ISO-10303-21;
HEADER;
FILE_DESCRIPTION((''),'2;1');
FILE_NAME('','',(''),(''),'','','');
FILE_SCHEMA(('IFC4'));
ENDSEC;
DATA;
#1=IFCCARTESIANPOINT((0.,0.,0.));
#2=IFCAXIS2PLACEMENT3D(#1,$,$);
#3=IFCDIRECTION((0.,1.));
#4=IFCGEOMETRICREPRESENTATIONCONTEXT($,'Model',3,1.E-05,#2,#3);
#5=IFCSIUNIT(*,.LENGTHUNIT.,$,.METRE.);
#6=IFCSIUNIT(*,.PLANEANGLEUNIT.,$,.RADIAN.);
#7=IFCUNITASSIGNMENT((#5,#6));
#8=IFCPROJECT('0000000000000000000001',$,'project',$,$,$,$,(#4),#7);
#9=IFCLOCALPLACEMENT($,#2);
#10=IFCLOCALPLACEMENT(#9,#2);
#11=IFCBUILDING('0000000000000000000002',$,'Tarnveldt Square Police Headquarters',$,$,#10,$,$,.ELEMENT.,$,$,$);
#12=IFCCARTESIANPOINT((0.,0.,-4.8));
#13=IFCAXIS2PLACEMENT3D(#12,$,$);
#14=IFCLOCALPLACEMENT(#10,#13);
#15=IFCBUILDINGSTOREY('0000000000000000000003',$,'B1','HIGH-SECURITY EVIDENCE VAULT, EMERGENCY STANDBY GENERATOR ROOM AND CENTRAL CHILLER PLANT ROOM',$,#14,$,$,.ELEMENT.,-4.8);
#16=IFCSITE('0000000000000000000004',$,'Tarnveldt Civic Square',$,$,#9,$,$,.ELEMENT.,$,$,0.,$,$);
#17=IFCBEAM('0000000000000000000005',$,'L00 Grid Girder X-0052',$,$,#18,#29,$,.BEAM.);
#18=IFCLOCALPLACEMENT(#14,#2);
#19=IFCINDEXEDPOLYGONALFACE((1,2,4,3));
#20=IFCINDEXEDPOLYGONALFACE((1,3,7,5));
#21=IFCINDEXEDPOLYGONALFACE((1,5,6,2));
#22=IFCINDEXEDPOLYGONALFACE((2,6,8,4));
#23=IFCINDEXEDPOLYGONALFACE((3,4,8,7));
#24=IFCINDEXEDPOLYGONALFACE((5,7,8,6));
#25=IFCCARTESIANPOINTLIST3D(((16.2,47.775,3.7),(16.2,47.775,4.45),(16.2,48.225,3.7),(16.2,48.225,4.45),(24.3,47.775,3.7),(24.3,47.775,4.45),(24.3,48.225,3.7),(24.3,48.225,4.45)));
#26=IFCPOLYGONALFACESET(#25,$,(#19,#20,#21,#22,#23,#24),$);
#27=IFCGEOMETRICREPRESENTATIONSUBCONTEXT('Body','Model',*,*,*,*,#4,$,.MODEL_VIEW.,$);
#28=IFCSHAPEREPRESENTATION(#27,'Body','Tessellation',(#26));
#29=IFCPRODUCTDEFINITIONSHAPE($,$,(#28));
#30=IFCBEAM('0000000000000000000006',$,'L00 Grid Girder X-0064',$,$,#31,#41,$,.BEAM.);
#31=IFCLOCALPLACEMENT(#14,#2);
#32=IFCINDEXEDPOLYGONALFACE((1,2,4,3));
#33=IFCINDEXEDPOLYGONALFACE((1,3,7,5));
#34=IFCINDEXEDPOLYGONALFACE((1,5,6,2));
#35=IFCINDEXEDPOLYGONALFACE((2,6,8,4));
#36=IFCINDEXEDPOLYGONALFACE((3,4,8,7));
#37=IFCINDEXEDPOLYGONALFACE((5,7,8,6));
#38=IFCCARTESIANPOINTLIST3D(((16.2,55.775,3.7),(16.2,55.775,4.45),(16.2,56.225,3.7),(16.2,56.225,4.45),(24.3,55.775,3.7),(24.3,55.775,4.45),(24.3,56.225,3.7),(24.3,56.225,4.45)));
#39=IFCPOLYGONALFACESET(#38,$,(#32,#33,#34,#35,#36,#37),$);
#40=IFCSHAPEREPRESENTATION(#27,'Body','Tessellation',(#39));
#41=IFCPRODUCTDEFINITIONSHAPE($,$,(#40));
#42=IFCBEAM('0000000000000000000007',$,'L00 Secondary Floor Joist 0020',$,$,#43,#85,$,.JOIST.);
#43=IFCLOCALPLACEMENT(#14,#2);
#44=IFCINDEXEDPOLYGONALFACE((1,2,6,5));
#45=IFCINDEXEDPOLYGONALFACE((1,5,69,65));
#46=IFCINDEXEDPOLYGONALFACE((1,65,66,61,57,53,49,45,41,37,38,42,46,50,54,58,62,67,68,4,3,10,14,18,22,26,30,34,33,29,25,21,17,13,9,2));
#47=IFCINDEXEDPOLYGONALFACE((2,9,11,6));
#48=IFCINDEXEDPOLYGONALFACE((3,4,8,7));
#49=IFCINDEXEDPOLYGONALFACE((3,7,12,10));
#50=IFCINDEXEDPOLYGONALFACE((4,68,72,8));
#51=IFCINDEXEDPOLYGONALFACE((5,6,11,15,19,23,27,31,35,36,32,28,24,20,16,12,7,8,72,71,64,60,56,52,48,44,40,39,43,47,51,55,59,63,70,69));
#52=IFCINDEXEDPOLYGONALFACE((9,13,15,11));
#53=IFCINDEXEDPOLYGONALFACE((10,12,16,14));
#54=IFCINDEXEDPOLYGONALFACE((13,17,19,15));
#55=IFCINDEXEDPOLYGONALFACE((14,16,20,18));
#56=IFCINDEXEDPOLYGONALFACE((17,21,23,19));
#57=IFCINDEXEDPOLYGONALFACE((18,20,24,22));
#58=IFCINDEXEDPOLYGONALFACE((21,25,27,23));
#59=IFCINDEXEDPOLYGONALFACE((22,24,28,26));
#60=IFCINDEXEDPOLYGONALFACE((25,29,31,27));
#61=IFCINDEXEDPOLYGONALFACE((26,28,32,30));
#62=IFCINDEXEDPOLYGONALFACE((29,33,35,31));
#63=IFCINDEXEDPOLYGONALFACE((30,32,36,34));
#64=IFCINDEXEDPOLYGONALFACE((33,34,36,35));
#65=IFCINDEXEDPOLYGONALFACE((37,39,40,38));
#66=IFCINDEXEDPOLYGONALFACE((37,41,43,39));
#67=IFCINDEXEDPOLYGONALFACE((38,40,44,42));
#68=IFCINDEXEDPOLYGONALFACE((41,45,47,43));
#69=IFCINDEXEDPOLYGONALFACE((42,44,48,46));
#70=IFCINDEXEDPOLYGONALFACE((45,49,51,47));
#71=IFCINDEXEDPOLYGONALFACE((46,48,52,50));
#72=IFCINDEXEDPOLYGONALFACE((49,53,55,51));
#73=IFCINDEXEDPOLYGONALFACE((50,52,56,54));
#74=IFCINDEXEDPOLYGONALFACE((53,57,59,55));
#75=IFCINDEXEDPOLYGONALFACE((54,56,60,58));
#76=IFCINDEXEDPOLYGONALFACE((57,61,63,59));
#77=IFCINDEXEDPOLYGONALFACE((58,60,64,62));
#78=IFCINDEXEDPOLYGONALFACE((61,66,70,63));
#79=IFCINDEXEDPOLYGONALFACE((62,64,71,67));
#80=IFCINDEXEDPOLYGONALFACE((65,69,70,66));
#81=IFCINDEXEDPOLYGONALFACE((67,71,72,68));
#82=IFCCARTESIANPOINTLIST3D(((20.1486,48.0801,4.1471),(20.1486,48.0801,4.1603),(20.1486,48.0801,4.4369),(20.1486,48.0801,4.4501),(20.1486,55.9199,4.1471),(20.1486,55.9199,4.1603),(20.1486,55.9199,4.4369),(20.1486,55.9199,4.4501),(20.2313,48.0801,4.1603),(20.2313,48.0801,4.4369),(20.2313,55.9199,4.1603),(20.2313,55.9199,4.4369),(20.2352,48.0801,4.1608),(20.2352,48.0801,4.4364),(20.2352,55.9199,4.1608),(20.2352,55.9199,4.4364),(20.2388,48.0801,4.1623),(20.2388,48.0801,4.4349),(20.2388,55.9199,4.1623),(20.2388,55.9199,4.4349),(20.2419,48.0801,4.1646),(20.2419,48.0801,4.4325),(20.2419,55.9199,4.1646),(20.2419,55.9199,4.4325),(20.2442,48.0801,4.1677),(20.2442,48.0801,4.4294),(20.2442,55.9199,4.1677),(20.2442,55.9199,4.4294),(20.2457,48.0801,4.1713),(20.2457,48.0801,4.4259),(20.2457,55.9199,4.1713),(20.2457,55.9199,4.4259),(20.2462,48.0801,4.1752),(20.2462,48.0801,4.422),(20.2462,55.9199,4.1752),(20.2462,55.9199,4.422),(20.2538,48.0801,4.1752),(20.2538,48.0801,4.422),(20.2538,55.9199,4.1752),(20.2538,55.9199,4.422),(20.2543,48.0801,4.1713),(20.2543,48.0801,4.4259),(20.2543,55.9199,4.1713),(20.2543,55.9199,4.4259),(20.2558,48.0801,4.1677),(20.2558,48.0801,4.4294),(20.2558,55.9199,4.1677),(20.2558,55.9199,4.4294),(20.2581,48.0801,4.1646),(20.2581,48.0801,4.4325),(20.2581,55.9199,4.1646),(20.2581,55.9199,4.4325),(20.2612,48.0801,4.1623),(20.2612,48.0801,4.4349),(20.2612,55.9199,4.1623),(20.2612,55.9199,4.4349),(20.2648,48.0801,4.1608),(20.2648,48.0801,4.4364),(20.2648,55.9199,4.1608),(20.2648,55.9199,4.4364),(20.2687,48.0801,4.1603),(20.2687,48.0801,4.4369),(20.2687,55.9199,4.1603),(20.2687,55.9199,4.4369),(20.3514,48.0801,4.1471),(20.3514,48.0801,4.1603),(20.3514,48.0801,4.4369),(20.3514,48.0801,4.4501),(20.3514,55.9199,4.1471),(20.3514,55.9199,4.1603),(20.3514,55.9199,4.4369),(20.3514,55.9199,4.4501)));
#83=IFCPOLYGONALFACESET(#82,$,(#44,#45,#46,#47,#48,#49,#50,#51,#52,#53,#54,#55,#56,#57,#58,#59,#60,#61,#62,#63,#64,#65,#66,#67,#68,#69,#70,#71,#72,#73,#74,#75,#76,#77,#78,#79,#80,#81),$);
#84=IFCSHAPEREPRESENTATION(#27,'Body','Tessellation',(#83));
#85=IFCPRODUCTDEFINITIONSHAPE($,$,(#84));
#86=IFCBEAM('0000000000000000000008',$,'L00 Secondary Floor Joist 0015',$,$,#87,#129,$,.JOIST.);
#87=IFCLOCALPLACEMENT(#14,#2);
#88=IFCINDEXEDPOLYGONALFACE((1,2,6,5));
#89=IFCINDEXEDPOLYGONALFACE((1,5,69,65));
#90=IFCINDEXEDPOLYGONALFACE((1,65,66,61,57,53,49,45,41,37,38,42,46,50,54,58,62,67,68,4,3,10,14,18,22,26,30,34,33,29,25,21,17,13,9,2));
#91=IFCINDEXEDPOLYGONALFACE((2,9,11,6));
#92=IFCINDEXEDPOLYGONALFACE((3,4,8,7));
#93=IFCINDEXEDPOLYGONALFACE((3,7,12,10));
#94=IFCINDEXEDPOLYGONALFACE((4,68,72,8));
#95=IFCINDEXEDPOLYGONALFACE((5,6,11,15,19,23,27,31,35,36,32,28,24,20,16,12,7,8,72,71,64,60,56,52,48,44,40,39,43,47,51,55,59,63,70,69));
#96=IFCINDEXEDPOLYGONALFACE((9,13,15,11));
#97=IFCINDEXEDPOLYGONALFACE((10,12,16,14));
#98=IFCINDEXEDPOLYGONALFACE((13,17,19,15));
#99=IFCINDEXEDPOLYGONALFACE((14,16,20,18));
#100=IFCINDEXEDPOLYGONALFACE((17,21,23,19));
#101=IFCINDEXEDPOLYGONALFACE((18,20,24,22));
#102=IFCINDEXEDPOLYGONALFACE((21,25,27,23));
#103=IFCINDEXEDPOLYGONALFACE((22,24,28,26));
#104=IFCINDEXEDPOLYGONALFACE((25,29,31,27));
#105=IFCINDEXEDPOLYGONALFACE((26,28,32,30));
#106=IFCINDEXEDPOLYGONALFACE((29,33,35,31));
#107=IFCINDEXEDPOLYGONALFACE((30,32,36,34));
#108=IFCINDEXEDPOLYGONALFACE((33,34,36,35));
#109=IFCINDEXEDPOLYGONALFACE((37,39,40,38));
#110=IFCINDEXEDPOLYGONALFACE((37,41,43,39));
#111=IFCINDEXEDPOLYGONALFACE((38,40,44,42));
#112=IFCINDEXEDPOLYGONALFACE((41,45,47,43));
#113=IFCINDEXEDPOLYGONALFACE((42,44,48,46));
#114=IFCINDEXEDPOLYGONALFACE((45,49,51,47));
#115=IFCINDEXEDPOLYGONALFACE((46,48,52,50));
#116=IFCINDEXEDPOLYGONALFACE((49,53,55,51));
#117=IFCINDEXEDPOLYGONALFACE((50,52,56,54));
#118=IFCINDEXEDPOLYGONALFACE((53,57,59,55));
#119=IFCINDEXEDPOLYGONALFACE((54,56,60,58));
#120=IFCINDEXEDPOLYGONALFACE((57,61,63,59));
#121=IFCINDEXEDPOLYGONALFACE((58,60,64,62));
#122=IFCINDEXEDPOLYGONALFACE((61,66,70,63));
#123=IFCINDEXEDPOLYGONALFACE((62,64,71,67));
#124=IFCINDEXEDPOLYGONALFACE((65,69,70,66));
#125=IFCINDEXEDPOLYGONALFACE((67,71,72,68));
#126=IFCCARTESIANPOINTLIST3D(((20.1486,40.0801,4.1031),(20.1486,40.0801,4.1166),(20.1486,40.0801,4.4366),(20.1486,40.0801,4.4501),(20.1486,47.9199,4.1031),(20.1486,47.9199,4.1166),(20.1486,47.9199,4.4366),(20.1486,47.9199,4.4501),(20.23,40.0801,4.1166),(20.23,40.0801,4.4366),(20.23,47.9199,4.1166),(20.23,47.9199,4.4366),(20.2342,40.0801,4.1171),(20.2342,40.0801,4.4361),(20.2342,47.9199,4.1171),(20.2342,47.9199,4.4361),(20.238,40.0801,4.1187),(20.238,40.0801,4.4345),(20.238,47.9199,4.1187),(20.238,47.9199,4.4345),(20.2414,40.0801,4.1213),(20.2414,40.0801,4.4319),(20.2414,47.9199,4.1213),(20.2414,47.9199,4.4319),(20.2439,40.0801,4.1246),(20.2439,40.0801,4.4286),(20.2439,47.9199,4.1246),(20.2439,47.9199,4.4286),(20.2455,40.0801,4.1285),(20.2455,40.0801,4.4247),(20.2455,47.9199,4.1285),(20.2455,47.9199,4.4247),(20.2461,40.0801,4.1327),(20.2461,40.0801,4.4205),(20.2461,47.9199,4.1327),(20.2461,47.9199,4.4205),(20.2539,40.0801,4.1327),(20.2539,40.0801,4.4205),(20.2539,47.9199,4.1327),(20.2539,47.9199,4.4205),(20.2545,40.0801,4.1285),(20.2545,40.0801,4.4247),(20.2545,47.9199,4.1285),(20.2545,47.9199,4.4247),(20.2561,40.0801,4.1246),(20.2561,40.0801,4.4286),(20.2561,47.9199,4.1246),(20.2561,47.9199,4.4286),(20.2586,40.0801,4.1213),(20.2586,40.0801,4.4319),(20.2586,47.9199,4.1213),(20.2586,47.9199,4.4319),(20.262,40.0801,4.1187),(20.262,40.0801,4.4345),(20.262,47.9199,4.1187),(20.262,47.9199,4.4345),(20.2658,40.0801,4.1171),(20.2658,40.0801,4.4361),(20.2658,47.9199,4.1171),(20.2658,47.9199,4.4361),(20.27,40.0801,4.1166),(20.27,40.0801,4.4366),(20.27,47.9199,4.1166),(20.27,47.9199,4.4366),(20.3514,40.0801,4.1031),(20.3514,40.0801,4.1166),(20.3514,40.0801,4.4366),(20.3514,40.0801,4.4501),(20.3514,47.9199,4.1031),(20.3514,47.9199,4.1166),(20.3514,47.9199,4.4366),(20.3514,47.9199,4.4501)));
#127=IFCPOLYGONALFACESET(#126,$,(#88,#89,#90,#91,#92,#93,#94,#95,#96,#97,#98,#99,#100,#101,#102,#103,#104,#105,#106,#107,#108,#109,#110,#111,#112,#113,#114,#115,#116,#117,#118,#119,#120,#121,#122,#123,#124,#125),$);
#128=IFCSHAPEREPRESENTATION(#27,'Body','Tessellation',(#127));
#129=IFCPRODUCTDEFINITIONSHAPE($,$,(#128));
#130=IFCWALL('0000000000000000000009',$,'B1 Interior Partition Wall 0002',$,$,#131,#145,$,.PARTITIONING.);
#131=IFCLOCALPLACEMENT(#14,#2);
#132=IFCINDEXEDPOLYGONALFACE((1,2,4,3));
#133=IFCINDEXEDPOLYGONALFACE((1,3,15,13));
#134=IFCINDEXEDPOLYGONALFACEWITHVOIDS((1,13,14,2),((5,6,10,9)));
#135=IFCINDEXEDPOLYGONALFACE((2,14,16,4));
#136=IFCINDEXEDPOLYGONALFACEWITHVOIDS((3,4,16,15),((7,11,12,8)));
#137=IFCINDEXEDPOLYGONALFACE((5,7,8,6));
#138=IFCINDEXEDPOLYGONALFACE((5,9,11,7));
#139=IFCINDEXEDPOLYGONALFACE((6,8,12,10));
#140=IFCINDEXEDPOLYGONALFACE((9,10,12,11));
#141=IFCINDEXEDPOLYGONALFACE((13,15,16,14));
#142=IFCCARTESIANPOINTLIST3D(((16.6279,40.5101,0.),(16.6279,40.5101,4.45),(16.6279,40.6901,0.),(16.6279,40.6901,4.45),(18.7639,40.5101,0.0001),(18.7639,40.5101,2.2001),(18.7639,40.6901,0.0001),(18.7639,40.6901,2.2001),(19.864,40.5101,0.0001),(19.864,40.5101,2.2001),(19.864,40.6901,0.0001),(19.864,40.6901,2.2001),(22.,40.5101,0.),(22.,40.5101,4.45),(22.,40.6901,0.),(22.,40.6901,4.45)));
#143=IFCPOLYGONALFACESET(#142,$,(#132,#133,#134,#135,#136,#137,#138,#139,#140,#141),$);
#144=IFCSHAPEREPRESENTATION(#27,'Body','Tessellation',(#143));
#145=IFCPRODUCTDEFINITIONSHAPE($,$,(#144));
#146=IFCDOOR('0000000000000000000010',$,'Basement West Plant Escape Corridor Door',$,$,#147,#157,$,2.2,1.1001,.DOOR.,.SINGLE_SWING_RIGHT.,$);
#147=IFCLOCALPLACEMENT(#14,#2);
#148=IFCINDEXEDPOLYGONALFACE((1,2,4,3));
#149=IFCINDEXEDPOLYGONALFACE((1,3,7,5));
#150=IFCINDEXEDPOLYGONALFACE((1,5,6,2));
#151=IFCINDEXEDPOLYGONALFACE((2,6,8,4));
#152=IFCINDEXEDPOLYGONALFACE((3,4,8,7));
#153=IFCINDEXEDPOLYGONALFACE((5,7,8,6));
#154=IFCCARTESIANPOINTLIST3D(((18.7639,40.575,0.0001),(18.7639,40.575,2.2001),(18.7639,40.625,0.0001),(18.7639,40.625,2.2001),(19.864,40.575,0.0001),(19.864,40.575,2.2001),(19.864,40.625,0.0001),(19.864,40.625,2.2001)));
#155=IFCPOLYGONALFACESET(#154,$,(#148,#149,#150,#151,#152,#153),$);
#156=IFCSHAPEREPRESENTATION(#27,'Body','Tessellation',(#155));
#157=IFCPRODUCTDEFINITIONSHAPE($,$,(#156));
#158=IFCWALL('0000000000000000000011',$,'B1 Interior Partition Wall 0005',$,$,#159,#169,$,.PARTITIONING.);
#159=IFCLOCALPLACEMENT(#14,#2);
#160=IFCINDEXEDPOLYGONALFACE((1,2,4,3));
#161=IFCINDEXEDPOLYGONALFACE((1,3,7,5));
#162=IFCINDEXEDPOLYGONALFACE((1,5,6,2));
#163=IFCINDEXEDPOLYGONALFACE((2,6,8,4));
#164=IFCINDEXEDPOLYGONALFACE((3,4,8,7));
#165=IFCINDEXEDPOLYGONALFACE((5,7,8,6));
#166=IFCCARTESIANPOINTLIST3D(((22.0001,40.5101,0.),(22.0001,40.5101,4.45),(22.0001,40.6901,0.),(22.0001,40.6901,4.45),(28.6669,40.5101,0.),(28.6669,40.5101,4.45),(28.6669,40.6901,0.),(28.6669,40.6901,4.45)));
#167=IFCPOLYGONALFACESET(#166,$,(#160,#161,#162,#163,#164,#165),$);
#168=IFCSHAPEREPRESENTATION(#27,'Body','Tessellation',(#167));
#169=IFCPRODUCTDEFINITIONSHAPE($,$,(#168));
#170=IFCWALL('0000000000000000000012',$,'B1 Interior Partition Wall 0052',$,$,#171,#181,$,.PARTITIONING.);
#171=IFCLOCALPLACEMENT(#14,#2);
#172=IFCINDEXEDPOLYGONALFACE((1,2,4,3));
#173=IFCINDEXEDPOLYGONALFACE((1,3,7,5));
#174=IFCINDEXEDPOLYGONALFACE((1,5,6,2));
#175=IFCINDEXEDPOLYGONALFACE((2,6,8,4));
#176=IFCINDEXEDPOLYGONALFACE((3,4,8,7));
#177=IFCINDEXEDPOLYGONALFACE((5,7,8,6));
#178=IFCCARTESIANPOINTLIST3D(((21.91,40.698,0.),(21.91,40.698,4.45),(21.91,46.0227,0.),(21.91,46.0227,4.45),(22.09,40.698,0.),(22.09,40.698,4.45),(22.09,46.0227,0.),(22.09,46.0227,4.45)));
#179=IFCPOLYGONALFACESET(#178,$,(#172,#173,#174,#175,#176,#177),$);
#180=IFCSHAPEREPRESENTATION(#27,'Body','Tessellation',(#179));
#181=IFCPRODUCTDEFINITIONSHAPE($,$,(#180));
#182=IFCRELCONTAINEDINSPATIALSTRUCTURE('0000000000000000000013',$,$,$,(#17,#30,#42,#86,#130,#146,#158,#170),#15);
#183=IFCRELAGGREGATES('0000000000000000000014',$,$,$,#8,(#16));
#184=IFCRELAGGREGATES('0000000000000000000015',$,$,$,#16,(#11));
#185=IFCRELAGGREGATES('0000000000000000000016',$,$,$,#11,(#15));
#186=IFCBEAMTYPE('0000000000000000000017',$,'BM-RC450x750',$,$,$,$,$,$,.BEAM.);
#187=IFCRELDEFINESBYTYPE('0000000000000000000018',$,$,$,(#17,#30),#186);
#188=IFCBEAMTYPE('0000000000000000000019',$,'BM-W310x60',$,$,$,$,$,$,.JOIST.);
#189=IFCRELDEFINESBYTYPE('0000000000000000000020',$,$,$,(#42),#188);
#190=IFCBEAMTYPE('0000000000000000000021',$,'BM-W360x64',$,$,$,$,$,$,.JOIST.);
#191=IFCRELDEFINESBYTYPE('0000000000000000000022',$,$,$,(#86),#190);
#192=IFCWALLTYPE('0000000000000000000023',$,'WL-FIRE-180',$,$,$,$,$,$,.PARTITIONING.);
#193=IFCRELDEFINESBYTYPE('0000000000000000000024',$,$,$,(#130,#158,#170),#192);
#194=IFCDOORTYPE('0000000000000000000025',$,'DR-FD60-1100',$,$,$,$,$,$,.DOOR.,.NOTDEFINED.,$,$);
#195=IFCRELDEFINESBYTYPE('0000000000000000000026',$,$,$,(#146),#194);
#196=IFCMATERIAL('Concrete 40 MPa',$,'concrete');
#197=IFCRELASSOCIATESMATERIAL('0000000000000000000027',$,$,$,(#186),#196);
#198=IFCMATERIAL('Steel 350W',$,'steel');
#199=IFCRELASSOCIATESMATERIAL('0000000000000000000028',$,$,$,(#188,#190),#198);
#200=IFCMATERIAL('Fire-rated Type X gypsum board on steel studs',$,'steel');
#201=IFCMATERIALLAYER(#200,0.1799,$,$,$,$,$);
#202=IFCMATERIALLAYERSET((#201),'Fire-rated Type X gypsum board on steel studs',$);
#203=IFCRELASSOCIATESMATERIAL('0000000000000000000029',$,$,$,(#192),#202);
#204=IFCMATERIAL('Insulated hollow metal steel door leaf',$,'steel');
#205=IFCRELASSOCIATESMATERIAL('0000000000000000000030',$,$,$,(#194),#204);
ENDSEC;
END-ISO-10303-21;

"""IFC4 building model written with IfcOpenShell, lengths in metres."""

from ifc_helpers import new_model, si_unit, direction, frame, frame_2d, origin, origin_2d, place, context, subcontext, project, spatial, rectangle, i_section, extrude, material, layer, layer_set, material_profile, profile_set, type_object, element, fill, save


model = new_model("IFC4")

# Units and contexts
model_context = context("Model", 3, precision=1e-05, world=origin(), true_north=direction((0.0, 1.0)))
body_context = subcontext(model_context, "Body", "Model", "MODEL_VIEW")
ifc_project = project(units=[si_unit("LENGTHUNIT", "METRE"), si_unit("PLANEANGLEUNIT", "RADIAN")], contexts=[model_context])

# Site, building, storey
site_placement = place(None, origin())
site = spatial("IfcSite", under=ifc_project, at=site_placement, Name="Tarnveldt Civic Square", CompositionType="ELEMENT", RefElevation=0.0)
building_placement = place(site_placement, origin())
building = spatial("IfcBuilding", under=site, at=building_placement, Name="Tarnveldt Square Police Headquarters", CompositionType="ELEMENT")
storey_placement = place(building_placement, frame((0.0, 0.0, -4.8)))
storey = spatial("IfcBuildingStorey", under=building, at=storey_placement, Name="B1", Description="HIGH-SECURITY EVIDENCE VAULT, EMERGENCY STANDBY GENERATOR ROOM AND CENTRAL CHILLER PLANT ROOM", CompositionType="ELEMENT", Elevation=-4.8)

# Beams
ifc_material_1 = material(Name="Concrete 40 MPa", Category="concrete")
ifc_material_profile_1 = material_profile(ifc_material_1, rectangle(XDim=0.45, YDim=0.75, at=origin_2d()), Name="RC-B450x750")
ifc_profile_set_1 = profile_set([ifc_material_profile_1], Name="Concrete 40 MPa")
beam_type_1 = type_object("IfcBeamType", Name="BM-RC450x750", PredefinedType="BEAM", material=ifc_profile_set_1)
for number, where, z_axis, x_axis, name in (
    (1, (16.2, 48.0, 4.075), (1.0, 0.0, 0.0), (0.0, 1.0, 0.0), "L00 Grid Girder X-0052"),
    (2, (16.2, 56.0, 4.075), (1.0, 0.0, 0.0), (0.0, 1.0, 0.0), "L00 Grid Girder X-0064"),
):
    element("IfcBeam", number, at=place(storey_placement, frame(where, z_axis=z_axis, x_axis=x_axis)), inside=storey, type_object=beam_type_1, Name=name, PredefinedType="BEAM", context=body_context, shape_type="SweptSolid", body=[
        extrude(rectangle(XDim=0.45, YDim=0.75, at=origin_2d()), origin(), (0.0, 0.0, 1.0), 8.1001),
    ])
ifc_material_2 = material(Name="Steel 350W", Category="steel")
ifc_material_profile_2 = material_profile(ifc_material_2, i_section(OverallWidth=0.2029, OverallDepth=0.303, WebThickness=0.0076, FlangeThickness=0.0132, FilletRadius=0.0149, at=origin_2d()), Name="W310x60")
ifc_profile_set_2 = profile_set([ifc_material_profile_2], Name="Steel 350W")
beam_type_2 = type_object("IfcBeamType", Name="BM-W310x60", PredefinedType="JOIST", material=ifc_profile_set_2)
beam_1_placement = place(storey_placement, frame((20.25, 48.0801, 4.2986), z_axis=(0.0, 1.0, 0.0), x_axis=(-1.0, 0.0, 0.0)))
element("IfcBeam", 3, at=beam_1_placement, inside=storey, type_object=beam_type_2, Name="L00 Secondary Floor Joist 0020", PredefinedType="JOIST", context=body_context, shape_type="SweptSolid", body=[
    extrude(i_section(OverallWidth=0.2029, OverallDepth=0.303, WebThickness=0.0076, FlangeThickness=0.0132, FilletRadius=0.0149, at=origin_2d()), origin(), (0.0, 0.0, 1.0), 7.8398),
])
ifc_material_profile_3 = material_profile(ifc_material_2, i_section(OverallWidth=0.2029, OverallDepth=0.3469, WebThickness=0.0078, FlangeThickness=0.0134, FilletRadius=0.0161, at=origin_2d()), Name="W360x64")
ifc_profile_set_3 = profile_set([ifc_material_profile_3], Name="Steel 350W")
beam_type_3 = type_object("IfcBeamType", Name="BM-W360x64", PredefinedType="JOIST", material=ifc_profile_set_3)
beam_2_placement = place(storey_placement, frame((20.25, 40.0801, 4.2766), z_axis=(0.0, 1.0, 0.0), x_axis=(-1.0, 0.0, 0.0)))
element("IfcBeam", 4, at=beam_2_placement, inside=storey, type_object=beam_type_3, Name="L00 Secondary Floor Joist 0015", PredefinedType="JOIST", context=body_context, shape_type="SweptSolid", body=[
    extrude(i_section(OverallWidth=0.2029, OverallDepth=0.3469, WebThickness=0.0078, FlangeThickness=0.0134, FilletRadius=0.0161, at=origin_2d()), origin(), (0.0, 0.0, 1.0), 7.8398),
])

# Wall, opening, door
ifc_material_3 = material(Name="Fire-rated Type X gypsum board on steel studs", Category="steel")
ifc_layer = layer(ifc_material_3, 0.1799)
ifc_layer_set = layer_set([ifc_layer], Name="Fire-rated Type X gypsum board on steel studs")
wall_type = type_object("IfcWallType", Name="WL-FIRE-180", PredefinedType="PARTITIONING", material=ifc_layer_set)
wall_1_placement = place(storey_placement, frame((16.6279, 40.6001, 0.0), z_axis=(0.0, 0.0, 1.0), x_axis=(1.0, 0.0, 0.0)))
wall_1 = element("IfcWall", 5, at=wall_1_placement, inside=storey, type_object=wall_type, Name="B1 Interior Partition Wall 0002", PredefinedType="PARTITIONING", context=body_context, shape_type="SweptSolid", body=[
    extrude(rectangle(XDim=5.3721, YDim=0.1799, at=frame_2d((2.686, 0.0))), origin(), (0.0, 0.0, 1.0), 4.45),
])
opening_placement = place(wall_1_placement, frame((2.136, 0.0, 0.0)))
opening = element("IfcOpeningElement", 6, at=opening_placement, cuts=wall_1, PredefinedType="OPENING", context=body_context, shape_type="SweptSolid", body=[
    extrude(rectangle(XDim=1.1001, YDim=2.2, at=frame_2d((0.55, 1.1001))), frame((0.0, 0.0999, 0.0), z_axis=(0.0, -1.0, 0.0), x_axis=(1.0, 0.0, 0.0)), (0.0, 0.0, 1.0), 0.2),
])
ifc_material_4 = material(Name="Insulated hollow metal steel door leaf", Category="steel")
door_type = type_object("IfcDoorType", Name="DR-FD60-1100", OperationType="NOTDEFINED", PredefinedType="DOOR", material=ifc_material_4)
door_placement = place(opening_placement, origin())
door = element("IfcDoor", 7, at=door_placement, inside=storey, type_object=door_type, Name="Basement West Plant Escape Corridor Door", OperationType="SINGLE_SWING_RIGHT", OverallHeight=2.2, OverallWidth=1.1001, PredefinedType="DOOR", context=body_context, shape_type="SweptSolid", body=[
    extrude(rectangle(XDim=1.1001, YDim=2.2, at=frame_2d((0.55, 1.1001))), frame((0.0, 0.0249, 0.0), z_axis=(0.0, -1.0, 0.0), x_axis=(1.0, 0.0, 0.0)), (0.0, 0.0, 1.0), 0.05),
])
fill(opening, door)

# Walls
wall_2_placement = place(storey_placement, frame((22.0, 40.6001, 0.0), z_axis=(0.0, 0.0, 1.0), x_axis=(1.0, 0.0, 0.0)))
element("IfcWall", 8, at=wall_2_placement, inside=storey, type_object=wall_type, Name="B1 Interior Partition Wall 0005", PredefinedType="PARTITIONING", context=body_context, shape_type="SweptSolid", body=[
    extrude(rectangle(XDim=6.6667, YDim=0.1799, at=frame_2d((3.3335, 0.0))), origin(), (0.0, 0.0, 1.0), 4.45),
])
for number, where, z_axis, x_axis, name in (
    (9, (22.0, 40.698, 0.0), (0.0, 0.0, 1.0), (0.0, 1.0, 0.0), "B1 Interior Partition Wall 0052"),
):
    element("IfcWall", number, at=place(storey_placement, frame(where, z_axis=z_axis, x_axis=x_axis)), inside=storey, type_object=wall_type, Name=name, PredefinedType="PARTITIONING", context=body_context, shape_type="SweptSolid", body=[
        extrude(rectangle(XDim=5.3247, YDim=0.1799, at=frame_2d((2.6624, 0.0))), origin(), (0.0, 0.0, 1.0), 4.45),
    ])

save(model, "model.ifc")
